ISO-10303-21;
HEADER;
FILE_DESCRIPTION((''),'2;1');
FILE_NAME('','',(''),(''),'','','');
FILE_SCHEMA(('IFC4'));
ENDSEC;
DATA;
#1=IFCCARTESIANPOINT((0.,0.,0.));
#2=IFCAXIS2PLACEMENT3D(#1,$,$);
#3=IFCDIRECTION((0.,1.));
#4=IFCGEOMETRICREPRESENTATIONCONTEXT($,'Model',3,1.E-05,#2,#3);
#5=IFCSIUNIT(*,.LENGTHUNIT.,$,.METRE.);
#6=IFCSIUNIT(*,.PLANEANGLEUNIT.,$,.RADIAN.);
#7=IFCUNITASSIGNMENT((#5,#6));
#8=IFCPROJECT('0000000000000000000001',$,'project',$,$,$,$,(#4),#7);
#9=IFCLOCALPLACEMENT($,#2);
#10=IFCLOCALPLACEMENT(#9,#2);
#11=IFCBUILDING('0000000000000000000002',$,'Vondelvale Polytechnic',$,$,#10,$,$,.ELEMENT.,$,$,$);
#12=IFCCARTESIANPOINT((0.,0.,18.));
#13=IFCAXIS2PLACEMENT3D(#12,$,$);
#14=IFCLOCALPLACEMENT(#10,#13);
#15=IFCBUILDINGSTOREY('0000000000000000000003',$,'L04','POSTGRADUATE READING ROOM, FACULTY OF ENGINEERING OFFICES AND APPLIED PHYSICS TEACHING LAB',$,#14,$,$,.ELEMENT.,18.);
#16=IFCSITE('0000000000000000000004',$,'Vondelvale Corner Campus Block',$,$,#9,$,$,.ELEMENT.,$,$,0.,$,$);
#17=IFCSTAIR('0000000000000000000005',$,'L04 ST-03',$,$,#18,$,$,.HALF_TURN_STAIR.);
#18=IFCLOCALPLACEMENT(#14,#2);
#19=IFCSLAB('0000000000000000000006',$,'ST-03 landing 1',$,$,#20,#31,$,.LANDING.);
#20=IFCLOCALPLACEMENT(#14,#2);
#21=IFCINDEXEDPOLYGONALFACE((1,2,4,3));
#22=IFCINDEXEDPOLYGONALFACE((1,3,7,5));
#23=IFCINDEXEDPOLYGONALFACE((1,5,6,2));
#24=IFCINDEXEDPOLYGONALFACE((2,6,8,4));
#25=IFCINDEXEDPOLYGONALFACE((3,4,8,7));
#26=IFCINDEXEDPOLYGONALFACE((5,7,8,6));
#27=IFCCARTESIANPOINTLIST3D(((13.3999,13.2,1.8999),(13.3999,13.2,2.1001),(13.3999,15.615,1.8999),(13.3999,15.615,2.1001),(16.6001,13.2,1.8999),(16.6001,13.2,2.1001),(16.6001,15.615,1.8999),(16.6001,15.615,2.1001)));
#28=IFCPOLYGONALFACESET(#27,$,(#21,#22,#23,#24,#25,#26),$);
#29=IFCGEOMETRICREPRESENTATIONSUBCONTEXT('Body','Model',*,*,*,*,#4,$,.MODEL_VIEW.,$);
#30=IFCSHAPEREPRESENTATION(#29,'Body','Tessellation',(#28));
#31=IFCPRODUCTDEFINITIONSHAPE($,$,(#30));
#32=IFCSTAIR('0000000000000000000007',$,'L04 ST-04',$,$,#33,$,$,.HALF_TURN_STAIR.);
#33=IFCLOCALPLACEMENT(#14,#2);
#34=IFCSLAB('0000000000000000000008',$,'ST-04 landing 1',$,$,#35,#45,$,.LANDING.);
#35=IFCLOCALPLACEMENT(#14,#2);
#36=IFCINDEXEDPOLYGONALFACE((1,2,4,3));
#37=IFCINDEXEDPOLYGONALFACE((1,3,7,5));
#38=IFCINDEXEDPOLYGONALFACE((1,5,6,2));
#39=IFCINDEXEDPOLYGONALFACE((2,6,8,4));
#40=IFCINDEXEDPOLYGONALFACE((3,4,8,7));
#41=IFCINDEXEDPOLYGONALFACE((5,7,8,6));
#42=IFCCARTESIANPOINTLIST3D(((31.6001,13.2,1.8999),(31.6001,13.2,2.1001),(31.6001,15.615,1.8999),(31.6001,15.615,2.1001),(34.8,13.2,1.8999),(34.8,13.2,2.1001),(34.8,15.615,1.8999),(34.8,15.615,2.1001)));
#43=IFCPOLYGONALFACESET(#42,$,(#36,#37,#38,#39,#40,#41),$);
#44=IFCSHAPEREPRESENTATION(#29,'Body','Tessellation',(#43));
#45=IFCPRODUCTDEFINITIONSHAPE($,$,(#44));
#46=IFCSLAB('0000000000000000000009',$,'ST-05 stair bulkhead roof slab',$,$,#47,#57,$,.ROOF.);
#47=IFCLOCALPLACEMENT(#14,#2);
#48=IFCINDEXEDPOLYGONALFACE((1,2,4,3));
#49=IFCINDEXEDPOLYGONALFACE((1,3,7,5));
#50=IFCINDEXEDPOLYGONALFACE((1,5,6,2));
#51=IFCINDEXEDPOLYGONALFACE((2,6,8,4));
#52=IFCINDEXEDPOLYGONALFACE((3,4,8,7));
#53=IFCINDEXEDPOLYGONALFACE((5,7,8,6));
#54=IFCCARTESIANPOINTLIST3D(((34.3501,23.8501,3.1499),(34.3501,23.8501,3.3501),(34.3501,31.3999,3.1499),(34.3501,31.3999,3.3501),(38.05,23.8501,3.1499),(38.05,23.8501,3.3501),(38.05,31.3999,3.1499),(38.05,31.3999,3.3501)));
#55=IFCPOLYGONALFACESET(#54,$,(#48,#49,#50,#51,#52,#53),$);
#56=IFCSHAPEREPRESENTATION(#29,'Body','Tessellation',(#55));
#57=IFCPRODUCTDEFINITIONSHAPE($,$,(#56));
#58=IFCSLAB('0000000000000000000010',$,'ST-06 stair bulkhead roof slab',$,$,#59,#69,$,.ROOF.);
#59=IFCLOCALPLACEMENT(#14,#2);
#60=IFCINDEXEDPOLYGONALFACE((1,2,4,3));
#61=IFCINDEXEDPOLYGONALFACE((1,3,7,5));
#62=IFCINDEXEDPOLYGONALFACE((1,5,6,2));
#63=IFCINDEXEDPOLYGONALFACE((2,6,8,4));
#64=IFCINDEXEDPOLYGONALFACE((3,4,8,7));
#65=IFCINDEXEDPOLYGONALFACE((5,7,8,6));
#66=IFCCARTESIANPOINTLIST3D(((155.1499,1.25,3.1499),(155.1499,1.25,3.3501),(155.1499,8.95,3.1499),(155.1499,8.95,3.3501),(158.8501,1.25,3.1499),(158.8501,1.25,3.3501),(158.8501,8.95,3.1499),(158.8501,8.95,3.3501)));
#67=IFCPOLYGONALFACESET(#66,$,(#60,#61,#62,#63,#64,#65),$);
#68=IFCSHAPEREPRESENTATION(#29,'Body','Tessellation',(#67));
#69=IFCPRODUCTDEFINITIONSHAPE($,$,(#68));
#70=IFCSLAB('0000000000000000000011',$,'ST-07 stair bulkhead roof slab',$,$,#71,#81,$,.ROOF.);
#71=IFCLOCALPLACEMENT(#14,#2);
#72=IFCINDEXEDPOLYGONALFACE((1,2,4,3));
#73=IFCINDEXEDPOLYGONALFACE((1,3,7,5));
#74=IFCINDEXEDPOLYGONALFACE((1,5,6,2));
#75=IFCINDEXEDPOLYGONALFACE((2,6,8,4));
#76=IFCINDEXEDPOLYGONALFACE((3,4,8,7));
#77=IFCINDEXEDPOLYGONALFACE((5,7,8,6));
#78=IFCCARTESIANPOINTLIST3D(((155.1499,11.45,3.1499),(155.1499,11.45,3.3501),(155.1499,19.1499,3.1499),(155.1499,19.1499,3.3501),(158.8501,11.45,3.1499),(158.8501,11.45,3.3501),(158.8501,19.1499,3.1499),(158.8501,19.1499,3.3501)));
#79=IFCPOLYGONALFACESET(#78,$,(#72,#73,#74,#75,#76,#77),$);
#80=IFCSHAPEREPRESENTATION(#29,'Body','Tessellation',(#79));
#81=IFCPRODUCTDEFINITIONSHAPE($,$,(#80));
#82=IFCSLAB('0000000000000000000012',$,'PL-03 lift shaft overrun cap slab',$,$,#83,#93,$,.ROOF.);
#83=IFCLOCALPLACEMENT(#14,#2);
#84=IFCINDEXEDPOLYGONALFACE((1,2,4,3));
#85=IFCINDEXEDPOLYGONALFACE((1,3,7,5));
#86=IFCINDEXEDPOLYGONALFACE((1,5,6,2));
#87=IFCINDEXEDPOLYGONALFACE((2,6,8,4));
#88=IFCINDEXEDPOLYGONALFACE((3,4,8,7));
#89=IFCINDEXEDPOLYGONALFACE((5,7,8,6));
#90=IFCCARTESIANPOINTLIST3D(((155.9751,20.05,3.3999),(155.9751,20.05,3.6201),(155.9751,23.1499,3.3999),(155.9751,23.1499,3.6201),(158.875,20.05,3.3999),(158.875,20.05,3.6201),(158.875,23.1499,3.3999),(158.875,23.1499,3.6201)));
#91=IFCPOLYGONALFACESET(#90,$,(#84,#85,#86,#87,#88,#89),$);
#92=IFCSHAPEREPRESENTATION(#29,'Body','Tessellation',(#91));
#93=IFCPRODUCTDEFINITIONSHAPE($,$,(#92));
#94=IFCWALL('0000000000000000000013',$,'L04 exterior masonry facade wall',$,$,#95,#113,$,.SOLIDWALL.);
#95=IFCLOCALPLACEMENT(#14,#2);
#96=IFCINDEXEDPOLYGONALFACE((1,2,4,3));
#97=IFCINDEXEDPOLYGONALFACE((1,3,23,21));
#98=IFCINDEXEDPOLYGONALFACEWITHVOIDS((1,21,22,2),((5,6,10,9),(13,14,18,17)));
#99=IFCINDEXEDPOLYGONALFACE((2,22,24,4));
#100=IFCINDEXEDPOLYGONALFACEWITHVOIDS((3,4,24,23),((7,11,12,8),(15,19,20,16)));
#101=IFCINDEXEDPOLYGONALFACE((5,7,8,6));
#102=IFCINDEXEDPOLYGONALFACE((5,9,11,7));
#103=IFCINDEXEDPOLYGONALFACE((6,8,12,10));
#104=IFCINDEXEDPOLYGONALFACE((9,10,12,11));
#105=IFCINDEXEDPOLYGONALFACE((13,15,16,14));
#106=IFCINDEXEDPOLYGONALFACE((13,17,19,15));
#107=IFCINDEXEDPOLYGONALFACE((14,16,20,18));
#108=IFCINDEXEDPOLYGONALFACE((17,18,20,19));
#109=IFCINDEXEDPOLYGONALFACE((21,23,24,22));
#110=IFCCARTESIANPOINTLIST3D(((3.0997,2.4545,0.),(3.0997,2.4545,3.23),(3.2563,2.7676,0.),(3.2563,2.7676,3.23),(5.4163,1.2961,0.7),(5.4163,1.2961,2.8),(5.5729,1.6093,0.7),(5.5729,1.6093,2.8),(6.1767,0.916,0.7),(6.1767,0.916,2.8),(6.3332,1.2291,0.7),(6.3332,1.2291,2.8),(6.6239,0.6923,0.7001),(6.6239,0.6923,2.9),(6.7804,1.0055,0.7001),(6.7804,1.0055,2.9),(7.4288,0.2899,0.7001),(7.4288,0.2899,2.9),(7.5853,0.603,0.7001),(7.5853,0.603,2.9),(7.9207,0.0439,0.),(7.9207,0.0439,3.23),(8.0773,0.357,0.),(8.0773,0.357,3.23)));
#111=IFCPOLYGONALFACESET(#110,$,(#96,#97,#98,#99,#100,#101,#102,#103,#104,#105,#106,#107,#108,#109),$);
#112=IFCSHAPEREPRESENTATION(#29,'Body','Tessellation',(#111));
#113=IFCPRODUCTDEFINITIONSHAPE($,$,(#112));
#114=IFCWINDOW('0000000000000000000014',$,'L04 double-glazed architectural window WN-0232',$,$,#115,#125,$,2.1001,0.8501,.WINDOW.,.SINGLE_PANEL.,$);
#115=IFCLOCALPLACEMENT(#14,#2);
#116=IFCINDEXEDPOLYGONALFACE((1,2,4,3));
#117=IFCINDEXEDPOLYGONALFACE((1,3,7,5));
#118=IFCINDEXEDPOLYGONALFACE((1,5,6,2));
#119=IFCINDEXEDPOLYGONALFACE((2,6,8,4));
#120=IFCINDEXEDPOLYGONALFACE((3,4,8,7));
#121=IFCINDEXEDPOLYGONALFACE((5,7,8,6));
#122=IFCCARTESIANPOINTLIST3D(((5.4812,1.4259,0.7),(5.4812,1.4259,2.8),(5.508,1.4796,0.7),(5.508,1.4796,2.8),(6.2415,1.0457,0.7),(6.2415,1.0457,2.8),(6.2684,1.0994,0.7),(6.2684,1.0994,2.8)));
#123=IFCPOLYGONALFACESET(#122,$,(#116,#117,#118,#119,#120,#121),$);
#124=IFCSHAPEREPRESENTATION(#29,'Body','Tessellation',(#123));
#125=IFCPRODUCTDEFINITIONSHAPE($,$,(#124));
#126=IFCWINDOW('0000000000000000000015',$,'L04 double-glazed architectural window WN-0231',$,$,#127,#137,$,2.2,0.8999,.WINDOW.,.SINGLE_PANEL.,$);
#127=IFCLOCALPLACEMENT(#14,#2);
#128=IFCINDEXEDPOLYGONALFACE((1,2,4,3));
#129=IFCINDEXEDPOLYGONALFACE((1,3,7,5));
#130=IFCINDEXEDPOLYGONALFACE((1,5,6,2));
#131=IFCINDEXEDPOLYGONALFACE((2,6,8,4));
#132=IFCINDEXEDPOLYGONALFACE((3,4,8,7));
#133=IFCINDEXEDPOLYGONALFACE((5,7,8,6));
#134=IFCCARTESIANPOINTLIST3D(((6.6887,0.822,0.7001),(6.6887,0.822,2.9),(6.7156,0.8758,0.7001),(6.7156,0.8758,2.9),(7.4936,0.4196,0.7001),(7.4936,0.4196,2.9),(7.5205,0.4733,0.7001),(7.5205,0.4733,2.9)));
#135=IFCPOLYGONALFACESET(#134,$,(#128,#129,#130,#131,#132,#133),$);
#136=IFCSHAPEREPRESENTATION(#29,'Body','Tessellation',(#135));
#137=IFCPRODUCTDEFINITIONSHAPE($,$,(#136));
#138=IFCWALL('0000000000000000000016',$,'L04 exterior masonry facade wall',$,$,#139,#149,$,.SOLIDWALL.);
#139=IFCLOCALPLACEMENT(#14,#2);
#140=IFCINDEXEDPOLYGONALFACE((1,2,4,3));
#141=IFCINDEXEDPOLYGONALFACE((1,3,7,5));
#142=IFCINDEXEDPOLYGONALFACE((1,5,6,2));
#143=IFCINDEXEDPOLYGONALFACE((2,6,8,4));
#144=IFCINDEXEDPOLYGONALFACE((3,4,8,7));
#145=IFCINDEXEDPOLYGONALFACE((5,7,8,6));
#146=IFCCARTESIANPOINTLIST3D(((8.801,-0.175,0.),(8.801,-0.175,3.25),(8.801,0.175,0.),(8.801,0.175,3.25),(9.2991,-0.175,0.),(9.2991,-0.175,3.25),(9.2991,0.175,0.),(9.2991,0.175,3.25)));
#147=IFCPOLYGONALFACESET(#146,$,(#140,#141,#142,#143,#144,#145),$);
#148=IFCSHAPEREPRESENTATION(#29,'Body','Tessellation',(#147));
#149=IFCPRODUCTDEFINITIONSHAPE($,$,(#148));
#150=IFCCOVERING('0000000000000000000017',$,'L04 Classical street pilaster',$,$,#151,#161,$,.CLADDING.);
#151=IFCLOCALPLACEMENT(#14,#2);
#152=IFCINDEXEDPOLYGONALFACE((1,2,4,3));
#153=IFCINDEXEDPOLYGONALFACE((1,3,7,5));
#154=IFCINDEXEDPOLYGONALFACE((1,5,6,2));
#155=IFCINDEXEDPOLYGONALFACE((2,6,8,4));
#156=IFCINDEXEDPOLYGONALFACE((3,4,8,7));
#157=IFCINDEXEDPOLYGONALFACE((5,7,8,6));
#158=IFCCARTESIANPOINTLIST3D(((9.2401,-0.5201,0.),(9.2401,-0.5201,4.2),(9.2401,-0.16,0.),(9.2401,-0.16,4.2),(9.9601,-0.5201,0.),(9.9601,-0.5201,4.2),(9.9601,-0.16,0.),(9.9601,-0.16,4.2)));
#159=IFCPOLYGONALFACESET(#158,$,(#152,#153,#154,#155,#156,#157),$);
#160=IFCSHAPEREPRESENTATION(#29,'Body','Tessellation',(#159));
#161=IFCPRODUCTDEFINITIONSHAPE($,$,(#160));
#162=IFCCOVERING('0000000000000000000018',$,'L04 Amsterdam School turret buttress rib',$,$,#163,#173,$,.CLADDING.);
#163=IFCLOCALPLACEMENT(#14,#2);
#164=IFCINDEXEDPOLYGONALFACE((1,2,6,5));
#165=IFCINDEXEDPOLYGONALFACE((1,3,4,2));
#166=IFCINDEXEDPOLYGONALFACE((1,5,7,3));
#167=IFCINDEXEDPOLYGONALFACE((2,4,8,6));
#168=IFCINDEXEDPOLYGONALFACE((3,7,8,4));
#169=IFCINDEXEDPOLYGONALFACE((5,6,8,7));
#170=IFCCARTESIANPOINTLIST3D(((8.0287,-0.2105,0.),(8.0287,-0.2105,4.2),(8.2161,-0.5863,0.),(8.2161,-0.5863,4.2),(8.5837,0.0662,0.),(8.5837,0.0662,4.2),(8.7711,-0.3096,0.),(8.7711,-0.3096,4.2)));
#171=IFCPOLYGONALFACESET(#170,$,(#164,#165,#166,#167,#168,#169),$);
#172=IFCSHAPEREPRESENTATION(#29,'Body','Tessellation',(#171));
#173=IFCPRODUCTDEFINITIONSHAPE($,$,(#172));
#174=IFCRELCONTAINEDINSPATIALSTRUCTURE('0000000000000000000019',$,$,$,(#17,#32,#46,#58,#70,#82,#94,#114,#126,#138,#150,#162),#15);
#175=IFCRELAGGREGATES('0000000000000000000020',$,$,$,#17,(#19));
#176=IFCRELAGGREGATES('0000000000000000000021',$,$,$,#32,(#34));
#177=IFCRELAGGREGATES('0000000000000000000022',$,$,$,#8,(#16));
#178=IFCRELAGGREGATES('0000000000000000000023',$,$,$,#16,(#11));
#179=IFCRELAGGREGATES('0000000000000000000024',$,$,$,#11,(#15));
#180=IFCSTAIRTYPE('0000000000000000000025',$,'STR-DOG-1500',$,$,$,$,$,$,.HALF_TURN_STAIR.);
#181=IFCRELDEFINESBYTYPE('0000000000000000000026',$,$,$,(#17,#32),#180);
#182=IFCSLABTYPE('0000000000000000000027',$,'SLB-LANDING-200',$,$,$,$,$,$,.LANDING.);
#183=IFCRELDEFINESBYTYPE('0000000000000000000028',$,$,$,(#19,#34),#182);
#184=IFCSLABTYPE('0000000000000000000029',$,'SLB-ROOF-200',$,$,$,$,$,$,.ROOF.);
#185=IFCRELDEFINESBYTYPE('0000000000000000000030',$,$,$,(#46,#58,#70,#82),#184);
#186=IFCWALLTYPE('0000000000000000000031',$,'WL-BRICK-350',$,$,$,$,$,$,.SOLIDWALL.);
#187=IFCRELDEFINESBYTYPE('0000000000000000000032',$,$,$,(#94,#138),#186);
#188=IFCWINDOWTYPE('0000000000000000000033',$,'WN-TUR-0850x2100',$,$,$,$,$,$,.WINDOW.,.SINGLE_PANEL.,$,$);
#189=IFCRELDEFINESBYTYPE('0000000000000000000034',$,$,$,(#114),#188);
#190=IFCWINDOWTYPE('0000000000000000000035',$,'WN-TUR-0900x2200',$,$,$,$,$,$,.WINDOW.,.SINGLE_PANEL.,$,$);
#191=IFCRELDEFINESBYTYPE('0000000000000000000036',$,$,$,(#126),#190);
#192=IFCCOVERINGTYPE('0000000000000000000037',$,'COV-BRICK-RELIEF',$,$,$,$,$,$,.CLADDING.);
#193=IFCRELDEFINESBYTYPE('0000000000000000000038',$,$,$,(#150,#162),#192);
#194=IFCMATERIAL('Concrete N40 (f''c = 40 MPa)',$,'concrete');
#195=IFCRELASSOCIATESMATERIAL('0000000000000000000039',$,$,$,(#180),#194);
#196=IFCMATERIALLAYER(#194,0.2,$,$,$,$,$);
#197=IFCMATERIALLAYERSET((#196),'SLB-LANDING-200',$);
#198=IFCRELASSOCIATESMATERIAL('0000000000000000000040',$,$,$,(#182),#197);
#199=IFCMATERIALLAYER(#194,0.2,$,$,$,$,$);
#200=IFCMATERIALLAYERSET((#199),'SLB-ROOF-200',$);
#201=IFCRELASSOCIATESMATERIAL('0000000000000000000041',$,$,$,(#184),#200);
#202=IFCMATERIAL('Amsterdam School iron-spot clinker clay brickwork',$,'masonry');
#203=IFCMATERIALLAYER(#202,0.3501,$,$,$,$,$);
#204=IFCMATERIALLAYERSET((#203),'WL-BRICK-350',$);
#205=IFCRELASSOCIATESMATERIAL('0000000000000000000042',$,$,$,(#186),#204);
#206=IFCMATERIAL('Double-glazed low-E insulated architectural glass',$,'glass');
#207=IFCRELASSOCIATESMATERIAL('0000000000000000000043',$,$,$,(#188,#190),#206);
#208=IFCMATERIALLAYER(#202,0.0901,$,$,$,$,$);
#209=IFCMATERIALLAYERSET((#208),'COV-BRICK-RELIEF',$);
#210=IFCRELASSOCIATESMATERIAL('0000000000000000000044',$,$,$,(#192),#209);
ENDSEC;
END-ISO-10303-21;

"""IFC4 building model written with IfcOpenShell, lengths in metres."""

from ifc_helpers import new_model, si_unit, direction, frame, frame_2d, origin, origin_2d, place, context, subcontext, project, spatial, polyline, rectangle, outline, extrude, material, layer, layer_set, type_object, element, fill, aggregate, save


model = new_model("IFC4")

# Units and contexts
model_context = context("Model", 3, precision=1e-05, world=origin(), true_north=direction((0.0, 1.0)))
body_context = subcontext(model_context, "Body", "Model", "MODEL_VIEW")
ifc_project = project(units=[si_unit("LENGTHUNIT", "METRE"), si_unit("PLANEANGLEUNIT", "RADIAN")], contexts=[model_context])

# Site, building, storey
site_placement = place(None, origin())
site = spatial("IfcSite", under=ifc_project, at=site_placement, Name="Vondelvale Corner Campus Block", CompositionType="ELEMENT", RefElevation=0.0)
building_placement = place(site_placement, origin())
building = spatial("IfcBuilding", under=site, at=building_placement, Name="Vondelvale Polytechnic", CompositionType="ELEMENT")
storey_placement = place(building_placement, frame((0.0, 0.0, 18.0)))
storey = spatial("IfcBuildingStorey", under=building, at=storey_placement, Name="L04", Description="POSTGRADUATE READING ROOM, FACULTY OF ENGINEERING OFFICES AND APPLIED PHYSICS TEACHING LAB", CompositionType="ELEMENT", Elevation=18.0)

# Shared definitions
ifc_material_1 = material(Name="Concrete N40 (f'c = 40 MPa)", Category="concrete")

# Stairs, slabs
stair_type = type_object("IfcStairType", Name="STR-DOG-1500", PredefinedType="HALF_TURN_STAIR", material=ifc_material_1)
stair_1_placement = place(storey_placement, origin())
stair_1 = element("IfcStair", 1, at=stair_1_placement, inside=storey, type_object=stair_type, Name="L04 ST-03", PredefinedType="HALF_TURN_STAIR")
ifc_layer_1 = layer(ifc_material_1, 0.2)
ifc_layer_set_1 = layer_set([ifc_layer_1], Name="SLB-LANDING-200")
slab_type_1 = type_object("IfcSlabType", Name="SLB-LANDING-200", PredefinedType="LANDING", material=ifc_layer_set_1)
slab_1_placement = place(storey_placement, frame((0.0, 0.0, 1.8999)))
slab_1 = element("IfcSlab", 2, at=slab_1_placement, type_object=slab_type_1, Name="ST-03 landing 1", PredefinedType="LANDING", context=body_context, shape_type="SweptSolid", body=[
    extrude(outline(polyline([(13.3999, 15.615), (13.3999, 13.2), (16.6001, 13.2), (16.6001, 15.615), (13.3999, 15.615)])), origin(), (0.0, 0.0, 1.0), 0.2002),
])
aggregate(stair_1, [slab_1])
stair_2_placement = place(storey_placement, origin())
stair_2 = element("IfcStair", 3, at=stair_2_placement, inside=storey, type_object=stair_type, Name="L04 ST-04", PredefinedType="HALF_TURN_STAIR")
slab_2_placement = place(storey_placement, frame((0.0, 0.0, 1.8999)))
slab_2 = element("IfcSlab", 4, at=slab_2_placement, type_object=slab_type_1, Name="ST-04 landing 1", PredefinedType="LANDING", context=body_context, shape_type="SweptSolid", body=[
    extrude(outline(polyline([(31.6001, 15.615), (31.6001, 13.2), (34.8, 13.2), (34.8, 15.615), (31.6001, 15.615)])), origin(), (0.0, 0.0, 1.0), 0.2002),
])
aggregate(stair_2, [slab_2])

# Slabs
ifc_layer_2 = layer(ifc_material_1, 0.2)
ifc_layer_set_2 = layer_set([ifc_layer_2], Name="SLB-ROOF-200")
slab_type_2 = type_object("IfcSlabType", Name="SLB-ROOF-200", PredefinedType="ROOF", material=ifc_layer_set_2)
slab_3_placement = place(storey_placement, frame((0.0, 0.0, 3.1499)))
element("IfcSlab", 5, at=slab_3_placement, inside=storey, type_object=slab_type_2, Name="ST-05 stair bulkhead roof slab", PredefinedType="ROOF", context=body_context, shape_type="SweptSolid", body=[
    extrude(outline(polyline([(38.05, 23.8501), (38.05, 31.3999), (34.3501, 31.3999), (34.3501, 23.8501), (38.05, 23.8501)])), origin(), (0.0, 0.0, 1.0), 0.2002),
])
slab_4_placement = place(storey_placement, frame((0.0, 0.0, 3.1499)))
element("IfcSlab", 6, at=slab_4_placement, inside=storey, type_object=slab_type_2, Name="ST-06 stair bulkhead roof slab", PredefinedType="ROOF", context=body_context, shape_type="SweptSolid", body=[
    extrude(outline(polyline([(158.8501, 1.25), (158.8501, 8.95), (155.1499, 8.95), (155.1499, 1.25), (158.8501, 1.25)])), origin(), (0.0, 0.0, 1.0), 0.2002),
])
slab_5_placement = place(storey_placement, frame((0.0, 0.0, 3.1499)))
element("IfcSlab", 7, at=slab_5_placement, inside=storey, type_object=slab_type_2, Name="ST-07 stair bulkhead roof slab", PredefinedType="ROOF", context=body_context, shape_type="SweptSolid", body=[
    extrude(outline(polyline([(158.8501, 11.45), (158.8501, 19.1499), (155.1499, 19.1499), (155.1499, 11.45), (158.8501, 11.45)])), origin(), (0.0, 0.0, 1.0), 0.2002),
])
slab_6_placement = place(storey_placement, frame((0.0, 0.0, 3.3999)))
element("IfcSlab", 8, at=slab_6_placement, inside=storey, type_object=slab_type_2, Name="PL-03 lift shaft overrun cap slab", PredefinedType="ROOF", context=body_context, shape_type="SweptSolid", body=[
    extrude(outline(polyline([(155.9751, 20.05), (158.875, 20.05), (158.875, 23.1499), (155.9751, 23.1499), (155.9751, 20.05)])), origin(), (0.0, 0.0, 1.0), 0.2202),
])

# Wall, openings, windows
ifc_material_2 = material(Name="Amsterdam School iron-spot clinker clay brickwork", Category="masonry")
ifc_layer_3 = layer(ifc_material_2, 0.3501)
ifc_layer_set_3 = layer_set([ifc_layer_3], Name="WL-BRICK-350")
wall_type = type_object("IfcWallType", Name="WL-BRICK-350", PredefinedType="SOLIDWALL", material=ifc_layer_set_3)
wall_1_placement = place(storey_placement, frame((7.999, 0.2004, 0.0), z_axis=(0.0, 0.0, 1.0), x_axis=(-0.894418, 0.447232, 0.0)))
wall_1 = element("IfcWall", 9, at=wall_1_placement, inside=storey, type_object=wall_type, Name="L04 exterior masonry facade wall", PredefinedType="SOLIDWALL", context=body_context, shape_type="SweptSolid", body=[
    extrude(rectangle(XDim=5.3901, YDim=0.3501, at=frame_2d((2.6951, 0.0))), origin(), (0.0, 0.0, 1.0), 3.23),
])
opening_1_placement = place(wall_1_placement, frame((0.55, 0.0, 0.7)))
opening_1 = element("IfcOpeningElement", 10, at=opening_1_placement, cuts=wall_1, PredefinedType="OPENING", context=body_context, shape_type="SweptSolid", body=[
    extrude(rectangle(XDim=0.8999, YDim=2.2, at=frame_2d((0.45, 1.1001))), frame((0.0, 0.1851, 0.0), z_axis=(0.0, -1.0, 0.0), x_axis=(1.0, 0.0, 0.0)), (0.0, 0.0, 1.0), 0.3701),
])
opening_2_placement = place(wall_1_placement, frame((1.95, 0.0, 0.7)))
opening_2 = element("IfcOpeningElement", 11, at=opening_2_placement, cuts=wall_1, PredefinedType="OPENING", context=body_context, shape_type="SweptSolid", body=[
    extrude(rectangle(XDim=0.8501, YDim=2.1001, at=frame_2d((0.425, 1.05))), frame((0.0, 0.1851, 0.0), z_axis=(0.0, -1.0, 0.0), x_axis=(1.0, 0.0, 0.0)), (0.0, 0.0, 1.0), 0.3701),
])
ifc_material_3 = material(Name="Double-glazed low-E insulated architectural glass", Category="glass")
window_type_1 = type_object("IfcWindowType", Name="WN-TUR-0850x2100", PartitioningType="SINGLE_PANEL", PredefinedType="WINDOW", material=ifc_material_3)
window_1_placement = place(opening_2_placement, origin())
window_1 = element("IfcWindow", 12, at=window_1_placement, inside=storey, type_object=window_type_1, Name="L04 double-glazed architectural window WN-0232", OverallHeight=2.1001, OverallWidth=0.8501, PartitioningType="SINGLE_PANEL", PredefinedType="WINDOW", context=body_context, shape_type="SweptSolid", body=[
    extrude(rectangle(XDim=0.8501, YDim=2.1001, at=frame_2d((0.425, 1.05))), frame((0.0, 0.03, 0.0), z_axis=(0.0, -1.0, 0.0), x_axis=(1.0, 0.0, 0.0)), (0.0, 0.0, 1.0), 0.0601),
])
fill(opening_2, window_1)
window_type_2 = type_object("IfcWindowType", Name="WN-TUR-0900x2200", PartitioningType="SINGLE_PANEL", PredefinedType="WINDOW", material=ifc_material_3)
window_2_placement = place(opening_1_placement, origin())
window_2 = element("IfcWindow", 13, at=window_2_placement, inside=storey, type_object=window_type_2, Name="L04 double-glazed architectural window WN-0231", OverallHeight=2.2, OverallWidth=0.8999, PartitioningType="SINGLE_PANEL", PredefinedType="WINDOW", context=body_context, shape_type="SweptSolid", body=[
    extrude(rectangle(XDim=0.8999, YDim=2.2, at=frame_2d((0.45, 1.1001))), frame((0.0, 0.03, 0.0), z_axis=(0.0, -1.0, 0.0), x_axis=(1.0, 0.0, 0.0)), (0.0, 0.0, 1.0), 0.0601),
])
fill(opening_1, window_2)

# Wall
wall_2_placement = place(storey_placement, frame((9.2991, 0.0, 0.0), z_axis=(0.0, 0.0, 1.0), x_axis=(-1.0, 0.0, 0.0)))
element("IfcWall", 14, at=wall_2_placement, inside=storey, type_object=wall_type, Name="L04 exterior masonry facade wall", PredefinedType="SOLIDWALL", context=body_context, shape_type="SweptSolid", body=[
    extrude(rectangle(XDim=0.498, YDim=0.3501, at=frame_2d((0.249, 0.0))), origin(), (0.0, 0.0, 1.0), 3.25),
])

# Coverings
ifc_layer_4 = layer(ifc_material_2, 0.0901)
ifc_layer_set_4 = layer_set([ifc_layer_4], Name="COV-BRICK-RELIEF")
covering_type_1 = type_object("IfcCoveringType", Name="COV-BRICK-RELIEF", PredefinedType="CLADDING", material=ifc_layer_set_4)
covering_1_placement = place(storey_placement, frame((9.6001, -0.3401, 0.0), z_axis=(0.0, 0.0, 1.0), x_axis=(1.0, 0.0, 0.0)))
element("IfcCovering", 15, at=covering_1_placement, inside=storey, type_object=covering_type_1, Name="L04 Classical street pilaster", PredefinedType="CLADDING", context=body_context, shape_type="SweptSolid", body=[
    extrude(rectangle(XDim=0.72, YDim=0.3601, at=origin_2d()), origin(), (0.0, 0.0, 1.0), 4.2),
])
covering_2_placement = place(storey_placement, frame((8.3999, -0.26, 0.0), z_axis=(0.0, 0.0, 1.0), x_axis=(0.894934, 0.446198, 0.0)))
element("IfcCovering", 16, at=covering_2_placement, inside=storey, type_object=covering_type_1, Name="L04 Amsterdam School turret buttress rib", PredefinedType="CLADDING", context=body_context, shape_type="SweptSolid", body=[
    extrude(rectangle(XDim=0.6201, YDim=0.4199, at=origin_2d()), origin(), (0.0, 0.0, 1.0), 4.2),
])

save(model, "model.ifc")
